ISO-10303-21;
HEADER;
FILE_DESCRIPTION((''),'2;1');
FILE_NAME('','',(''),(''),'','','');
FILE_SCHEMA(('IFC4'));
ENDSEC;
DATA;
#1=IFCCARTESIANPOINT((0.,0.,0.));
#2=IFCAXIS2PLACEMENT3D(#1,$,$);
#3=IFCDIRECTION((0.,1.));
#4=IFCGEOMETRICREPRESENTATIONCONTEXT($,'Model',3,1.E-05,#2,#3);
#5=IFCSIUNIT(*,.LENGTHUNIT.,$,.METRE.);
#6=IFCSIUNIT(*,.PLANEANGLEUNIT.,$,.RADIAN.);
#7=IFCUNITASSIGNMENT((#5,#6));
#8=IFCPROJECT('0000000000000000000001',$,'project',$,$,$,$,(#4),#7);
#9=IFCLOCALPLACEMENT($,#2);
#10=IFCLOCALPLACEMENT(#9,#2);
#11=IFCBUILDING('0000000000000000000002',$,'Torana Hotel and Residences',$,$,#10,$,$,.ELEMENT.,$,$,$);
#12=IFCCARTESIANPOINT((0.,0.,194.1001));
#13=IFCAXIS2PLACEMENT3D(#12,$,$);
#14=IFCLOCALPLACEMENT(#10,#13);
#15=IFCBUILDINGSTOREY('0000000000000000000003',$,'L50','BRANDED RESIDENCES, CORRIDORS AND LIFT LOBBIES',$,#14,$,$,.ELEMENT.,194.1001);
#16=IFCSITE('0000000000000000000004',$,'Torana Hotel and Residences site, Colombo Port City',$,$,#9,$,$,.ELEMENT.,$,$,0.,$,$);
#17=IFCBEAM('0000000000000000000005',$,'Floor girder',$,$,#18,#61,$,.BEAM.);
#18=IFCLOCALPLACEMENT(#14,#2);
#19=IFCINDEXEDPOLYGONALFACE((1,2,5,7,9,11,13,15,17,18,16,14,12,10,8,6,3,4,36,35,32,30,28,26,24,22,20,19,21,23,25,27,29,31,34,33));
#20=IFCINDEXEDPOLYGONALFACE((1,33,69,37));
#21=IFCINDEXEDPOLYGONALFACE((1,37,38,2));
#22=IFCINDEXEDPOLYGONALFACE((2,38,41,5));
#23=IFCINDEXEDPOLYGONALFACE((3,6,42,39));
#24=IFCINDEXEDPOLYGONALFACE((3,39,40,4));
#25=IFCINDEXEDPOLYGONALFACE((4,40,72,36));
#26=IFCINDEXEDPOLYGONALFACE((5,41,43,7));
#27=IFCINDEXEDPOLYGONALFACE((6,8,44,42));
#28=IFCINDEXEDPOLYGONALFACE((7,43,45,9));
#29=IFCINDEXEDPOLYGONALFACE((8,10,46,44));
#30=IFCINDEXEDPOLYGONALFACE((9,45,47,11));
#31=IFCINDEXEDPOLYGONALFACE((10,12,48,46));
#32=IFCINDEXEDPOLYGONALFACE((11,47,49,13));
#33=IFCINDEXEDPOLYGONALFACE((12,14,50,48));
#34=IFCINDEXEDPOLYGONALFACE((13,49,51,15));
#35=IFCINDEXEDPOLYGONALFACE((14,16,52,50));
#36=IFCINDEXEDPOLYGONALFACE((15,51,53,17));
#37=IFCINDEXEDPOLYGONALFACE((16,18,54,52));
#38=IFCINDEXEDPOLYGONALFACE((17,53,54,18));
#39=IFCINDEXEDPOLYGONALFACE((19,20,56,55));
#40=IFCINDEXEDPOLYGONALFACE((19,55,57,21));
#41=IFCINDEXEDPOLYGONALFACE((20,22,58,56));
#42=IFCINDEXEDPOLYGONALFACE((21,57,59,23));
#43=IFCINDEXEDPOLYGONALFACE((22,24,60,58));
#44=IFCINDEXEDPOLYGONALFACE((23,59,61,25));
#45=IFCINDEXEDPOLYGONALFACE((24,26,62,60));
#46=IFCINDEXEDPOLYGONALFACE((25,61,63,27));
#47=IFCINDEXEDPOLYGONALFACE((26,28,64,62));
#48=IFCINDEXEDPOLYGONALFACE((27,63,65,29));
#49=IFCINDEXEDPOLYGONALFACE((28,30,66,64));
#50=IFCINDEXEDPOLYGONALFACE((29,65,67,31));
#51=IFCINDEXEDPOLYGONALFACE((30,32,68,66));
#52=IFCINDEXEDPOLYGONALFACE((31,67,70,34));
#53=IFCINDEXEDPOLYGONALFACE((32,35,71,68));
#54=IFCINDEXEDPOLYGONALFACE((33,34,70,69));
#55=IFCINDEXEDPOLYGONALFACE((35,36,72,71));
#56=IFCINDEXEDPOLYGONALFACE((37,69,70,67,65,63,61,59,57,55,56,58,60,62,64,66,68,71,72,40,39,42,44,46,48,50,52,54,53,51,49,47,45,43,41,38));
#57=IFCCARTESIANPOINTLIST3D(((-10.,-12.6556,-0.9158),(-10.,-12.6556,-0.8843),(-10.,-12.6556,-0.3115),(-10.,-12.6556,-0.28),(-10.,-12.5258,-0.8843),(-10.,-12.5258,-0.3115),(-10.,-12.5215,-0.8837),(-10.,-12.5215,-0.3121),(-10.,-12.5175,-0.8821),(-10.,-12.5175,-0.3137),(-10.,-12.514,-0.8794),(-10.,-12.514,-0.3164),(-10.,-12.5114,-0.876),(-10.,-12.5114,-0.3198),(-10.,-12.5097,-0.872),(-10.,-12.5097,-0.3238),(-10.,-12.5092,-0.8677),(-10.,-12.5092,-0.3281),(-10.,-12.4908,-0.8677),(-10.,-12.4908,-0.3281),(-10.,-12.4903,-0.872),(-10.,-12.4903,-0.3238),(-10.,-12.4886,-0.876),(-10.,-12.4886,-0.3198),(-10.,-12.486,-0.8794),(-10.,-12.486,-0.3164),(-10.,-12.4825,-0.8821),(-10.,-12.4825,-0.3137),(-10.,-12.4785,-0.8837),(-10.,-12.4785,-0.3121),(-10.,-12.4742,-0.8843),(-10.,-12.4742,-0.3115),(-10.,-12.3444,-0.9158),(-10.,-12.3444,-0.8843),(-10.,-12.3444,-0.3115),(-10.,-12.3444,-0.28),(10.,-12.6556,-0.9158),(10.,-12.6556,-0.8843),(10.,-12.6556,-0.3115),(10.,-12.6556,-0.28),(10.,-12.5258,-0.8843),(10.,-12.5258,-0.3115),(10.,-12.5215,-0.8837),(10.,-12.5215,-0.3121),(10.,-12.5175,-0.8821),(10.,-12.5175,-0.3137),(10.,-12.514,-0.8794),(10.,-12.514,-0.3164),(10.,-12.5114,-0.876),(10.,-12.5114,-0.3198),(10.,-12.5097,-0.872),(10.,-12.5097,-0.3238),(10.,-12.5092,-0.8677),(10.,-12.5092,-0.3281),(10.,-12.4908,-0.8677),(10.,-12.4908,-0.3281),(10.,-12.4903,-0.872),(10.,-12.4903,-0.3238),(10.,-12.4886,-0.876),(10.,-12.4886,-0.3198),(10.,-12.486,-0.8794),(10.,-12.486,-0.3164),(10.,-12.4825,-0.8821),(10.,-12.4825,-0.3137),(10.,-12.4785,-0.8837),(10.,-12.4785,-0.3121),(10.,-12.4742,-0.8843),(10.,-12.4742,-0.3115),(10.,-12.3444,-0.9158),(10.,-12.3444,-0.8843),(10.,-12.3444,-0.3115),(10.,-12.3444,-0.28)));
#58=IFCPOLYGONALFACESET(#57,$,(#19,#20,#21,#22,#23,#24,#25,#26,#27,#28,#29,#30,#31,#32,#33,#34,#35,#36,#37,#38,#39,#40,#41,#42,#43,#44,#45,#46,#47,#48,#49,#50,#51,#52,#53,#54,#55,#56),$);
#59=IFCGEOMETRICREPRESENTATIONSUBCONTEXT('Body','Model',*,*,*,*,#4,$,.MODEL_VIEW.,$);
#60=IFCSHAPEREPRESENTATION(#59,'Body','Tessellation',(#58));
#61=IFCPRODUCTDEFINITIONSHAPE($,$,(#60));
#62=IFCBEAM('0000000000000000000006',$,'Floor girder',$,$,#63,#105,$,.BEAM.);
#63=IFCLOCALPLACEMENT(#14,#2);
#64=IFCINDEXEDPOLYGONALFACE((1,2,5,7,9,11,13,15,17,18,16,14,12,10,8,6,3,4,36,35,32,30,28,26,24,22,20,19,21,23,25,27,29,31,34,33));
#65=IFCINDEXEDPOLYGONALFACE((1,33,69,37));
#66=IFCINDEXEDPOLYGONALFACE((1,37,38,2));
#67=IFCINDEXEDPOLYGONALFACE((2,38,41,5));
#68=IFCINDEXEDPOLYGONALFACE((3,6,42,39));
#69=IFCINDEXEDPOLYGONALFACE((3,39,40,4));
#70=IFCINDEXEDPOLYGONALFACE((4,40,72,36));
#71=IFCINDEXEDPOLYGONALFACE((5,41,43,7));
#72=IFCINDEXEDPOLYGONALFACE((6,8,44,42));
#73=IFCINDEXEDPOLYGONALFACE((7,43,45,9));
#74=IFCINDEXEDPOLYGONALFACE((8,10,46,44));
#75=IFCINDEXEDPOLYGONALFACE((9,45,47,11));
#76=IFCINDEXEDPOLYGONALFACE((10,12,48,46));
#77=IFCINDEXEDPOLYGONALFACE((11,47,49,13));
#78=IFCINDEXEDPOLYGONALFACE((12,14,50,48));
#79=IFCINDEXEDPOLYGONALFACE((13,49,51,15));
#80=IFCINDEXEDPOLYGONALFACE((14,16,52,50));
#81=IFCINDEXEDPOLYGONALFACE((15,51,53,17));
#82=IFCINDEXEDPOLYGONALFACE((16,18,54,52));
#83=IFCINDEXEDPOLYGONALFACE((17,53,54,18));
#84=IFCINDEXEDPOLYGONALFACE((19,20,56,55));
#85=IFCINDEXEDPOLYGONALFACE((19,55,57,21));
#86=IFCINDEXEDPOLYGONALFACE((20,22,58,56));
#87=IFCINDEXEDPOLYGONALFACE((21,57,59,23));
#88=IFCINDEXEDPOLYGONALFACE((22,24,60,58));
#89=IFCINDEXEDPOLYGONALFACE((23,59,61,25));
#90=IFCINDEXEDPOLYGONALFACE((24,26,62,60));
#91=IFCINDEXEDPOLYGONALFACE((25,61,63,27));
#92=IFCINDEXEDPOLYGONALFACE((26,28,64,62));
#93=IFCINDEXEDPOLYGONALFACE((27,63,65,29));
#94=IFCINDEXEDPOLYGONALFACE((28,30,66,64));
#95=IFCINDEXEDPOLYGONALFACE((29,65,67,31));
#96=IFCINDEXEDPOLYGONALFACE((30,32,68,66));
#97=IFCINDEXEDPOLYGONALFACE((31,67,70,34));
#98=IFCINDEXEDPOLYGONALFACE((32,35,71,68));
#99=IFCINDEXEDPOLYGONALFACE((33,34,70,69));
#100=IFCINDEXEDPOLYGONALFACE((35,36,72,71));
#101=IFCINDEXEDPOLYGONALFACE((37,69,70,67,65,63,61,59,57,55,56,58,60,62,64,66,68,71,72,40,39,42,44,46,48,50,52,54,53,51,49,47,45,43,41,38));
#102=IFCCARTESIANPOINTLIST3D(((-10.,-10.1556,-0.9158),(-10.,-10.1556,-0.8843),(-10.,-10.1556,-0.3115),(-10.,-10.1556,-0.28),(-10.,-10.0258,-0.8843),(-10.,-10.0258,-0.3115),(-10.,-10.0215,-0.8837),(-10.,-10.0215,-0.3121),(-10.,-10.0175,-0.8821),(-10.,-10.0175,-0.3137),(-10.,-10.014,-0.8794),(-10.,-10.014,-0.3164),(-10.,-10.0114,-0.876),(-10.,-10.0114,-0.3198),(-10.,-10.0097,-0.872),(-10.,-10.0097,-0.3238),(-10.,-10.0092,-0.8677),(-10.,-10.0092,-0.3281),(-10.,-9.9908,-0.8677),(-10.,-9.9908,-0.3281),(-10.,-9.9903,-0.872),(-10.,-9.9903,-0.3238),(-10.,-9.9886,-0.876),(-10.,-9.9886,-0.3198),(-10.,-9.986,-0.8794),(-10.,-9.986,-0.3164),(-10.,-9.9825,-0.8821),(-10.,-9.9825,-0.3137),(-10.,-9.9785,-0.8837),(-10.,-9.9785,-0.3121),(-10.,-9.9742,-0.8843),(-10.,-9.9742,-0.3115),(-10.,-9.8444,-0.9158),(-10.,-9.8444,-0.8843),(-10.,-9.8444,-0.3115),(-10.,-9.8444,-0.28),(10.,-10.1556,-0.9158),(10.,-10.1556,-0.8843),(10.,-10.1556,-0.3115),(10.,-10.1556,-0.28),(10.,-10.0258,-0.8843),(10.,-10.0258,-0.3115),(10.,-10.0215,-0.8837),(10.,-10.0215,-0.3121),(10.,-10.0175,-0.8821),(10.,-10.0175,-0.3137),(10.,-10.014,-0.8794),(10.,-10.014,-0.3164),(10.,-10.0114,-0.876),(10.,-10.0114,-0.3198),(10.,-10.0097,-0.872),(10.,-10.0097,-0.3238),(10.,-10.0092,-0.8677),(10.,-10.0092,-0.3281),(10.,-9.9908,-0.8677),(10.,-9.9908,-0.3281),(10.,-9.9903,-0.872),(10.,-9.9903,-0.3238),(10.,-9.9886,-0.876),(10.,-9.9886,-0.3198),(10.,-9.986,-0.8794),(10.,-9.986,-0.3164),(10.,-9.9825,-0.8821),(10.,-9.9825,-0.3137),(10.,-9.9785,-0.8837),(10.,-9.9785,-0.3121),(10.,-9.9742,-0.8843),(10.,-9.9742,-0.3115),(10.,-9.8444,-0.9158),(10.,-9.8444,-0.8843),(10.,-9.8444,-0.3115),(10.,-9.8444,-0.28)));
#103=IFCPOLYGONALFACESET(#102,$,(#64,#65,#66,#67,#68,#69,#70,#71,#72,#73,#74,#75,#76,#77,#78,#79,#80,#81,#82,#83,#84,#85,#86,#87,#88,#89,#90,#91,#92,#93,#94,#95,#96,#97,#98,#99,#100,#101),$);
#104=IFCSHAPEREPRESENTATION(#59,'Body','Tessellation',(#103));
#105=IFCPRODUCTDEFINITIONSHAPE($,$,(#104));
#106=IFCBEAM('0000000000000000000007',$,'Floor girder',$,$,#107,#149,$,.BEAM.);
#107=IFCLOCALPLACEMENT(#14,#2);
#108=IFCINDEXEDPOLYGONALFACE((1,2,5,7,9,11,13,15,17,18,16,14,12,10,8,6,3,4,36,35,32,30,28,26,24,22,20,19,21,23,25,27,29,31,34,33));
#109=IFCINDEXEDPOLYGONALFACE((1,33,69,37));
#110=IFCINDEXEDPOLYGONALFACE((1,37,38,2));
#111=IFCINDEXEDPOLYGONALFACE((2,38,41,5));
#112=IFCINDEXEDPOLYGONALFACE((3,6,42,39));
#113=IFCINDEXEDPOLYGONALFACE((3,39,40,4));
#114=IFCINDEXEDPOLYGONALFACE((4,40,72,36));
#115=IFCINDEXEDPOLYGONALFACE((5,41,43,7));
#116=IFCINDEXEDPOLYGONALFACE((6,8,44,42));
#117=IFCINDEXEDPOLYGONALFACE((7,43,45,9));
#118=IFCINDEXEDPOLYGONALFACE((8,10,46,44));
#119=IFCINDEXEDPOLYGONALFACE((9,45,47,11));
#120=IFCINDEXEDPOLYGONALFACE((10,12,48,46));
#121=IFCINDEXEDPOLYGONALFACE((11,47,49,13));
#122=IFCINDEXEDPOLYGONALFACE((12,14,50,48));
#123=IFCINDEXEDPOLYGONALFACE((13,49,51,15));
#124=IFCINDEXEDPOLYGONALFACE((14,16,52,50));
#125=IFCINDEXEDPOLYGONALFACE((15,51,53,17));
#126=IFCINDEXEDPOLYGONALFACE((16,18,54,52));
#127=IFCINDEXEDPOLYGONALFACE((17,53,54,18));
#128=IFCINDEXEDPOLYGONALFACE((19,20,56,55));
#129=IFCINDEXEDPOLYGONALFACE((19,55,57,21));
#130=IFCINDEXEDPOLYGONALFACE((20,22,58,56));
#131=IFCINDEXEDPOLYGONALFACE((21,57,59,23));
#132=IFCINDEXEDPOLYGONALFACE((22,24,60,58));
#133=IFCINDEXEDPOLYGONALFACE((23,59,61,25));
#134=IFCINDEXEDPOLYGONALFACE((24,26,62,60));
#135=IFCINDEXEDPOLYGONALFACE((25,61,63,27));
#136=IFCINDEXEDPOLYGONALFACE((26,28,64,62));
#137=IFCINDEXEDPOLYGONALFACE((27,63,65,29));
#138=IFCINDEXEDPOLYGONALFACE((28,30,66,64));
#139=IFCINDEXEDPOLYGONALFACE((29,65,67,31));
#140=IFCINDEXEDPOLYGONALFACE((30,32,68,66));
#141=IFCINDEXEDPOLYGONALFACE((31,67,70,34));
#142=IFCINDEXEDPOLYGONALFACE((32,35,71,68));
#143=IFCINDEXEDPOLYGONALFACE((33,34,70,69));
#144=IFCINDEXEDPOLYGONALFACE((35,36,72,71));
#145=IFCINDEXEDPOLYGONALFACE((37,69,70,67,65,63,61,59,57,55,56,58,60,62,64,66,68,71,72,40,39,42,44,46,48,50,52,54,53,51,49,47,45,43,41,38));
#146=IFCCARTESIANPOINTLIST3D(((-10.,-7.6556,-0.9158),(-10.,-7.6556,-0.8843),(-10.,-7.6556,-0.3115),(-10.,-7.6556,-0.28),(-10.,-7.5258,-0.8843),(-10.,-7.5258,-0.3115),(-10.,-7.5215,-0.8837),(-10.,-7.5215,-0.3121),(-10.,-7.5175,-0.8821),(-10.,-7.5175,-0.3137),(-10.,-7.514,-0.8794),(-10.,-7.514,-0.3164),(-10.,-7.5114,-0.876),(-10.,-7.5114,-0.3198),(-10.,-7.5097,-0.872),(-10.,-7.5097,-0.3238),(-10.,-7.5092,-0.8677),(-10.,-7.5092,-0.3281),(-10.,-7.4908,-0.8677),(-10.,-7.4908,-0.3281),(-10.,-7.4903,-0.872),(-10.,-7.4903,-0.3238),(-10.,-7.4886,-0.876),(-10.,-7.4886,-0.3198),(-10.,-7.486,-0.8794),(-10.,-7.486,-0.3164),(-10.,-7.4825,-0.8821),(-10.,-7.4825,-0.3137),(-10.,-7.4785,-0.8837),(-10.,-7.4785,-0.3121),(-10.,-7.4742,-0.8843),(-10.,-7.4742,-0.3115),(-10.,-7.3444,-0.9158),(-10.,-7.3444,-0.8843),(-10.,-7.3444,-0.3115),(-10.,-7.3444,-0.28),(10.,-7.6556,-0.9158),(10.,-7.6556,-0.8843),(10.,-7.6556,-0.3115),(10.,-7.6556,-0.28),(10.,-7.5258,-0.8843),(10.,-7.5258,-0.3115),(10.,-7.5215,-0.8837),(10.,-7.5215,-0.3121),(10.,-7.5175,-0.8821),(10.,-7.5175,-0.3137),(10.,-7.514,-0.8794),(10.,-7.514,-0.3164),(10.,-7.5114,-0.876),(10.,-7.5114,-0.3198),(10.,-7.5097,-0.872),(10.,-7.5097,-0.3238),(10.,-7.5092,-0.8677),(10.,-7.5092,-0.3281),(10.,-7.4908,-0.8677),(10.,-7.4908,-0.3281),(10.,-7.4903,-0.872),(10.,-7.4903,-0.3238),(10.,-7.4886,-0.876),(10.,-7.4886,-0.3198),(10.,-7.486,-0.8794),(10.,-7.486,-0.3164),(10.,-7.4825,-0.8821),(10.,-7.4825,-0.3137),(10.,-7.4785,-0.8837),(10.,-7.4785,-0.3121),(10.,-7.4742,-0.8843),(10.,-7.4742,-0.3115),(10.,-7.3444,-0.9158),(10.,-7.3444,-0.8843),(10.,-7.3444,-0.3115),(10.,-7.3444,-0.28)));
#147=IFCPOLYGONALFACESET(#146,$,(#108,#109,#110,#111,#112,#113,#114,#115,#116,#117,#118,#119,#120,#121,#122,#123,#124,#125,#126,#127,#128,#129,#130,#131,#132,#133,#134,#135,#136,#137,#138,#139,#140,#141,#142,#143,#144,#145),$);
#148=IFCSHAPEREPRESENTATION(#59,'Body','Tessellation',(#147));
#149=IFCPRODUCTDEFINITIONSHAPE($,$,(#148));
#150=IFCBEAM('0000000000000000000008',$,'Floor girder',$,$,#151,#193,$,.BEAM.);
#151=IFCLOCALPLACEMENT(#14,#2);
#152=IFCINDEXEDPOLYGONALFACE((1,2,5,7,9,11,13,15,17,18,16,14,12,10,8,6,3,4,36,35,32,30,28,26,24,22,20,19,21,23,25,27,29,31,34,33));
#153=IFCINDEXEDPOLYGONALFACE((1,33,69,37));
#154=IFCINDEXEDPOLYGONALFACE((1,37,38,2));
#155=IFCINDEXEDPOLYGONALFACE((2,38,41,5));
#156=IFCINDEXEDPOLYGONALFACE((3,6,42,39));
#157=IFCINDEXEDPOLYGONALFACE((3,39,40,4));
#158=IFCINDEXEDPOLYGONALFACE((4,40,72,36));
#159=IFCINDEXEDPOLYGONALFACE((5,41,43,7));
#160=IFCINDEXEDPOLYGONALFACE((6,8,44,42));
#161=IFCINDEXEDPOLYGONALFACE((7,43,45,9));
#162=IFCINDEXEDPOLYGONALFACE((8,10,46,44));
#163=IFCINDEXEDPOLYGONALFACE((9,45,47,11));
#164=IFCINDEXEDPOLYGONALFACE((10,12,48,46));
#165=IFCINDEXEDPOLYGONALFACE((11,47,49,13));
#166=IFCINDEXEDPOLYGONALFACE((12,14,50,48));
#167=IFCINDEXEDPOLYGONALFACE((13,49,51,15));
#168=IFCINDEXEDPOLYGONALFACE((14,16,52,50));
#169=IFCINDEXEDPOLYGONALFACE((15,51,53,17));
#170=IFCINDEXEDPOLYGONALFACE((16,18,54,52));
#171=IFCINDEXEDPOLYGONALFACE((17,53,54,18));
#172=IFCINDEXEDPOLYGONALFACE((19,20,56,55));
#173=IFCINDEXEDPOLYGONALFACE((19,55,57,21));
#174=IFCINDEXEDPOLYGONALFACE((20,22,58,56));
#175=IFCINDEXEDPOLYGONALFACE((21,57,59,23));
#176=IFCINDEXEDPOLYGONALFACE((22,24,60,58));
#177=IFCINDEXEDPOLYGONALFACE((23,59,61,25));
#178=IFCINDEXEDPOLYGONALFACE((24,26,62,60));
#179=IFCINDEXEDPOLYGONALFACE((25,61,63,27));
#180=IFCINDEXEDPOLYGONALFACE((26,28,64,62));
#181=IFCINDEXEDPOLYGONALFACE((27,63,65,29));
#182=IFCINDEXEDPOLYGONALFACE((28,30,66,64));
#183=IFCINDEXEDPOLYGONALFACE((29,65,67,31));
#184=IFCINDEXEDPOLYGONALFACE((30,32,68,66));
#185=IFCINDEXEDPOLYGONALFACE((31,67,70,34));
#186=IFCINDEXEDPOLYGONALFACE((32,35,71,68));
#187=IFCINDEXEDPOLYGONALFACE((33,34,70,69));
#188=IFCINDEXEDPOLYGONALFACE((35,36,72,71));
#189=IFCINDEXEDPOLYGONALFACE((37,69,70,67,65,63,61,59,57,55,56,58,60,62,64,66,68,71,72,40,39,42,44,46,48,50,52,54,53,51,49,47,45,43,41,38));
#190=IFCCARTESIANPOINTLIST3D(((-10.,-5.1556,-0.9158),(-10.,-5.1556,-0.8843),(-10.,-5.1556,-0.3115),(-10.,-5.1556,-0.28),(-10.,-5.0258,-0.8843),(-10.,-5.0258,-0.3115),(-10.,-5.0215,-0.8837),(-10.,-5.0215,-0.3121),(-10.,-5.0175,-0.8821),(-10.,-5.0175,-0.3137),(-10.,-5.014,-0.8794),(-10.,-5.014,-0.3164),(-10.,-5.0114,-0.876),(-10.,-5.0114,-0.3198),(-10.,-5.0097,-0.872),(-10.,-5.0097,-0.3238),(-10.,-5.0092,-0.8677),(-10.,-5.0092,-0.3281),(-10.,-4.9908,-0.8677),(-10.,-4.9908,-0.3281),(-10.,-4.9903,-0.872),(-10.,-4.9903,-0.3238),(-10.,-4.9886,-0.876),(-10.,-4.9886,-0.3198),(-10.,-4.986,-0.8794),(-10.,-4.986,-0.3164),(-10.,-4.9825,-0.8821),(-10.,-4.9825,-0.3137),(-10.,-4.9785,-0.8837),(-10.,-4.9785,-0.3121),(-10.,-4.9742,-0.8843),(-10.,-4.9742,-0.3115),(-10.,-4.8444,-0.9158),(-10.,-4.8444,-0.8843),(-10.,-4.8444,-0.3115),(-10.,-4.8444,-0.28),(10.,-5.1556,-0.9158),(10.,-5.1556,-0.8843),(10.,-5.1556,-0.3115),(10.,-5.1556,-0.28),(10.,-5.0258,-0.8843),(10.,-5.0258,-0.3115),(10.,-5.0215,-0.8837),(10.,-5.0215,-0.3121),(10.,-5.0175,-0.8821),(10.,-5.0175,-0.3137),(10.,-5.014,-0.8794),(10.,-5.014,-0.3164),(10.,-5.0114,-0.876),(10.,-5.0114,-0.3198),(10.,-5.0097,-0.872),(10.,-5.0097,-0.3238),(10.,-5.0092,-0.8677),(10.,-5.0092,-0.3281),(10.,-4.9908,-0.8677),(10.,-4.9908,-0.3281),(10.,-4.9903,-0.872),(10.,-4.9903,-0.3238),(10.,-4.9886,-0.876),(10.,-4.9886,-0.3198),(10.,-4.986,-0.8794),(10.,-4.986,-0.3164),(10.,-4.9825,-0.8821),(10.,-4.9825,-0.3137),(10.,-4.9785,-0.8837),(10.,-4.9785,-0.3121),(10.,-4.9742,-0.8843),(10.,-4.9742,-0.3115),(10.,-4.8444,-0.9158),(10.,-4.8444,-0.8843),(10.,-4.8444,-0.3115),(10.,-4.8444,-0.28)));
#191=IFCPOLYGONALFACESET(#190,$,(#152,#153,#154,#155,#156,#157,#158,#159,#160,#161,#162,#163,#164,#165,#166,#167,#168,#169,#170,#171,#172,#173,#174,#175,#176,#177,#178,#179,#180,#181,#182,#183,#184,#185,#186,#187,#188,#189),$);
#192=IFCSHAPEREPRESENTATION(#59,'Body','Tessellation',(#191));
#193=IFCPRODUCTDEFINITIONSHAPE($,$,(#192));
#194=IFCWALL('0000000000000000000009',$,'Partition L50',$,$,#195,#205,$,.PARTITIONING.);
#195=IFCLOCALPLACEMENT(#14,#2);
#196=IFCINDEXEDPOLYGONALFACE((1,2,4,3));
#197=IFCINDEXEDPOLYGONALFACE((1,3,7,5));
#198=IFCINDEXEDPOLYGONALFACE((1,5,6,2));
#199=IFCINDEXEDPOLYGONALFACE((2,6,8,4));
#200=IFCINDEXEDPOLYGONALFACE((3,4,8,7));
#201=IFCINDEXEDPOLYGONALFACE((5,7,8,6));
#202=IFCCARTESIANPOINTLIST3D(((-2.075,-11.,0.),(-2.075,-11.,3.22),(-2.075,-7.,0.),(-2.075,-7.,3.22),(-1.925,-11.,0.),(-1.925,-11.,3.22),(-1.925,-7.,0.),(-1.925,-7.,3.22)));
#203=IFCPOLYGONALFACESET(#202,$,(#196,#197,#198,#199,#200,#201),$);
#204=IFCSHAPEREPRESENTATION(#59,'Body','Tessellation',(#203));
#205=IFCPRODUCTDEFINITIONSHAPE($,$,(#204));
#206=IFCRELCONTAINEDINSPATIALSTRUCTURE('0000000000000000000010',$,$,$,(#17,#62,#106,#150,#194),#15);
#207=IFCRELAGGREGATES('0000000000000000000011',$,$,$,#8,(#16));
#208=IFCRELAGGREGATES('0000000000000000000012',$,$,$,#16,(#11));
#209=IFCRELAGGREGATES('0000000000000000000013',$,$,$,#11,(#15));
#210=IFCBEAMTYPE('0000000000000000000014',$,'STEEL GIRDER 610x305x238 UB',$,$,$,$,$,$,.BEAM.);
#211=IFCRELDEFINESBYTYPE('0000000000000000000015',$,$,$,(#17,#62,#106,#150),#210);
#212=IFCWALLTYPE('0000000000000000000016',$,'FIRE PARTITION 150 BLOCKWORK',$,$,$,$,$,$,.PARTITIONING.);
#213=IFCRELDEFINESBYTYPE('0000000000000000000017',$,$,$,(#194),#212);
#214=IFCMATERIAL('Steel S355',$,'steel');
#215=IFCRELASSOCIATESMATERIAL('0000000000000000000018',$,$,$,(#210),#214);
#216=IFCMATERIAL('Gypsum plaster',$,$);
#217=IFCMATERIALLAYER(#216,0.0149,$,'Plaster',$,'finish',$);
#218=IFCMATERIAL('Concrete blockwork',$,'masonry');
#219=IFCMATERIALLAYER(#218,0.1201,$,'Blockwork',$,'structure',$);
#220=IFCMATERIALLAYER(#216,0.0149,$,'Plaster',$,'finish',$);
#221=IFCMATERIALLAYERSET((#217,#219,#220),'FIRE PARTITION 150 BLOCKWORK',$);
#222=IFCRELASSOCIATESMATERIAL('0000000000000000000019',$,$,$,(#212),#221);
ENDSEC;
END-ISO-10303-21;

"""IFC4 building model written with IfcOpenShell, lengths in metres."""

from ifc_helpers import new_model, si_unit, direction, frame, frame_2d, origin, origin_2d, place, context, subcontext, project, spatial, rectangle, i_section, extrude, material, layer, layer_set, material_profile, profile_set, type_object, element, save


model = new_model("IFC4")

# Units and contexts
model_context = context("Model", 3, precision=1e-05, world=origin(), true_north=direction((0.0, 1.0)))
body_context = subcontext(model_context, "Body", "Model", "MODEL_VIEW")
ifc_project = project(units=[si_unit("LENGTHUNIT", "METRE"), si_unit("PLANEANGLEUNIT", "RADIAN")], contexts=[model_context])

# Site, building, storey
site_placement = place(None, origin())
site = spatial("IfcSite", under=ifc_project, at=site_placement, Name="Torana Hotel and Residences site, Colombo Port City", CompositionType="ELEMENT", RefElevation=0.0)
building_placement = place(site_placement, origin())
building = spatial("IfcBuilding", under=site, at=building_placement, Name="Torana Hotel and Residences", CompositionType="ELEMENT")
storey_placement = place(building_placement, frame((0.0, 0.0, 194.1001)))
storey = spatial("IfcBuildingStorey", under=building, at=storey_placement, Name="L50", Description="BRANDED RESIDENCES, CORRIDORS AND LIFT LOBBIES", CompositionType="ELEMENT", Elevation=194.1001)

# Beams
ifc_material_1 = material(Name="Steel S355", Category="steel")
ifc_material_profile = material_profile(ifc_material_1, i_section(OverallWidth=0.3113, OverallDepth=0.6357, WebThickness=0.0183, FlangeThickness=0.0315, FilletRadius=0.0166, at=origin_2d()), Name="610x305x238 UB")
ifc_profile_set = profile_set([ifc_material_profile], Name="Steel S355")
beam_type = type_object("IfcBeamType", Name="STEEL GIRDER 610x305x238 UB", PredefinedType="BEAM", material=ifc_profile_set)
for number, where, z_axis, x_axis, name in (
    (1, (-10.0, -12.5, -0.5979), (1.0, 0.0, 0.0), (0.0, 1.0, 0.0), "Floor girder"),
    (2, (-10.0, -10.0, -0.5979), (1.0, 0.0, 0.0), (0.0, 1.0, 0.0), "Floor girder"),
    (3, (-10.0, -7.5, -0.5979), (1.0, 0.0, 0.0), (0.0, 1.0, 0.0), "Floor girder"),
    (4, (-10.0, -5.0, -0.5979), (1.0, 0.0, 0.0), (0.0, 1.0, 0.0), "Floor girder"),
):
    element("IfcBeam", number, at=place(storey_placement, frame(where, z_axis=z_axis, x_axis=x_axis)), inside=storey, type_object=beam_type, Name=name, PredefinedType="BEAM", context=body_context, shape_type="SweptSolid", body=[
        extrude(i_section(OverallWidth=0.3113, OverallDepth=0.6357, WebThickness=0.0183, FlangeThickness=0.0315, FilletRadius=0.0166, at=origin_2d()), origin(), (0.0, 0.0, 1.0), 20.0),
    ])

# Wall
ifc_material_2 = material(Name="Gypsum plaster")
ifc_layer_1 = layer(ifc_material_2, 0.0149, Name="Plaster", Category="finish")
ifc_material_3 = material(Name="Concrete blockwork", Category="masonry")
ifc_layer_2 = layer(ifc_material_3, 0.1201, Name="Blockwork", Category="structure")
ifc_layer_3 = layer(ifc_material_2, 0.0149, Name="Plaster", Category="finish")
ifc_layer_set_1 = layer_set([ifc_layer_1, ifc_layer_2, ifc_layer_3], Name="FIRE PARTITION 150 BLOCKWORK")
wall_type_1 = type_object("IfcWallType", Name="FIRE PARTITION 150 BLOCKWORK", PredefinedType="PARTITIONING", material=ifc_layer_set_1)
wall_1_placement = place(storey_placement, frame((-2.0, -11.0, 0.0), z_axis=(0.0, 0.0, 1.0), x_axis=(0.0, 1.0, 0.0)))
element("IfcWall", 5, at=wall_1_placement, inside=storey, type_object=wall_type_1, Name="Partition L50", PredefinedType="PARTITIONING", context=body_context, shape_type="SweptSolid", body=[
    extrude(rectangle(XDim=4.0, YDim=0.1499, at=frame_2d((2.0, 0.0))), origin(), (0.0, 0.0, 1.0), 3.22),
])

save(model, "model.ifc")
